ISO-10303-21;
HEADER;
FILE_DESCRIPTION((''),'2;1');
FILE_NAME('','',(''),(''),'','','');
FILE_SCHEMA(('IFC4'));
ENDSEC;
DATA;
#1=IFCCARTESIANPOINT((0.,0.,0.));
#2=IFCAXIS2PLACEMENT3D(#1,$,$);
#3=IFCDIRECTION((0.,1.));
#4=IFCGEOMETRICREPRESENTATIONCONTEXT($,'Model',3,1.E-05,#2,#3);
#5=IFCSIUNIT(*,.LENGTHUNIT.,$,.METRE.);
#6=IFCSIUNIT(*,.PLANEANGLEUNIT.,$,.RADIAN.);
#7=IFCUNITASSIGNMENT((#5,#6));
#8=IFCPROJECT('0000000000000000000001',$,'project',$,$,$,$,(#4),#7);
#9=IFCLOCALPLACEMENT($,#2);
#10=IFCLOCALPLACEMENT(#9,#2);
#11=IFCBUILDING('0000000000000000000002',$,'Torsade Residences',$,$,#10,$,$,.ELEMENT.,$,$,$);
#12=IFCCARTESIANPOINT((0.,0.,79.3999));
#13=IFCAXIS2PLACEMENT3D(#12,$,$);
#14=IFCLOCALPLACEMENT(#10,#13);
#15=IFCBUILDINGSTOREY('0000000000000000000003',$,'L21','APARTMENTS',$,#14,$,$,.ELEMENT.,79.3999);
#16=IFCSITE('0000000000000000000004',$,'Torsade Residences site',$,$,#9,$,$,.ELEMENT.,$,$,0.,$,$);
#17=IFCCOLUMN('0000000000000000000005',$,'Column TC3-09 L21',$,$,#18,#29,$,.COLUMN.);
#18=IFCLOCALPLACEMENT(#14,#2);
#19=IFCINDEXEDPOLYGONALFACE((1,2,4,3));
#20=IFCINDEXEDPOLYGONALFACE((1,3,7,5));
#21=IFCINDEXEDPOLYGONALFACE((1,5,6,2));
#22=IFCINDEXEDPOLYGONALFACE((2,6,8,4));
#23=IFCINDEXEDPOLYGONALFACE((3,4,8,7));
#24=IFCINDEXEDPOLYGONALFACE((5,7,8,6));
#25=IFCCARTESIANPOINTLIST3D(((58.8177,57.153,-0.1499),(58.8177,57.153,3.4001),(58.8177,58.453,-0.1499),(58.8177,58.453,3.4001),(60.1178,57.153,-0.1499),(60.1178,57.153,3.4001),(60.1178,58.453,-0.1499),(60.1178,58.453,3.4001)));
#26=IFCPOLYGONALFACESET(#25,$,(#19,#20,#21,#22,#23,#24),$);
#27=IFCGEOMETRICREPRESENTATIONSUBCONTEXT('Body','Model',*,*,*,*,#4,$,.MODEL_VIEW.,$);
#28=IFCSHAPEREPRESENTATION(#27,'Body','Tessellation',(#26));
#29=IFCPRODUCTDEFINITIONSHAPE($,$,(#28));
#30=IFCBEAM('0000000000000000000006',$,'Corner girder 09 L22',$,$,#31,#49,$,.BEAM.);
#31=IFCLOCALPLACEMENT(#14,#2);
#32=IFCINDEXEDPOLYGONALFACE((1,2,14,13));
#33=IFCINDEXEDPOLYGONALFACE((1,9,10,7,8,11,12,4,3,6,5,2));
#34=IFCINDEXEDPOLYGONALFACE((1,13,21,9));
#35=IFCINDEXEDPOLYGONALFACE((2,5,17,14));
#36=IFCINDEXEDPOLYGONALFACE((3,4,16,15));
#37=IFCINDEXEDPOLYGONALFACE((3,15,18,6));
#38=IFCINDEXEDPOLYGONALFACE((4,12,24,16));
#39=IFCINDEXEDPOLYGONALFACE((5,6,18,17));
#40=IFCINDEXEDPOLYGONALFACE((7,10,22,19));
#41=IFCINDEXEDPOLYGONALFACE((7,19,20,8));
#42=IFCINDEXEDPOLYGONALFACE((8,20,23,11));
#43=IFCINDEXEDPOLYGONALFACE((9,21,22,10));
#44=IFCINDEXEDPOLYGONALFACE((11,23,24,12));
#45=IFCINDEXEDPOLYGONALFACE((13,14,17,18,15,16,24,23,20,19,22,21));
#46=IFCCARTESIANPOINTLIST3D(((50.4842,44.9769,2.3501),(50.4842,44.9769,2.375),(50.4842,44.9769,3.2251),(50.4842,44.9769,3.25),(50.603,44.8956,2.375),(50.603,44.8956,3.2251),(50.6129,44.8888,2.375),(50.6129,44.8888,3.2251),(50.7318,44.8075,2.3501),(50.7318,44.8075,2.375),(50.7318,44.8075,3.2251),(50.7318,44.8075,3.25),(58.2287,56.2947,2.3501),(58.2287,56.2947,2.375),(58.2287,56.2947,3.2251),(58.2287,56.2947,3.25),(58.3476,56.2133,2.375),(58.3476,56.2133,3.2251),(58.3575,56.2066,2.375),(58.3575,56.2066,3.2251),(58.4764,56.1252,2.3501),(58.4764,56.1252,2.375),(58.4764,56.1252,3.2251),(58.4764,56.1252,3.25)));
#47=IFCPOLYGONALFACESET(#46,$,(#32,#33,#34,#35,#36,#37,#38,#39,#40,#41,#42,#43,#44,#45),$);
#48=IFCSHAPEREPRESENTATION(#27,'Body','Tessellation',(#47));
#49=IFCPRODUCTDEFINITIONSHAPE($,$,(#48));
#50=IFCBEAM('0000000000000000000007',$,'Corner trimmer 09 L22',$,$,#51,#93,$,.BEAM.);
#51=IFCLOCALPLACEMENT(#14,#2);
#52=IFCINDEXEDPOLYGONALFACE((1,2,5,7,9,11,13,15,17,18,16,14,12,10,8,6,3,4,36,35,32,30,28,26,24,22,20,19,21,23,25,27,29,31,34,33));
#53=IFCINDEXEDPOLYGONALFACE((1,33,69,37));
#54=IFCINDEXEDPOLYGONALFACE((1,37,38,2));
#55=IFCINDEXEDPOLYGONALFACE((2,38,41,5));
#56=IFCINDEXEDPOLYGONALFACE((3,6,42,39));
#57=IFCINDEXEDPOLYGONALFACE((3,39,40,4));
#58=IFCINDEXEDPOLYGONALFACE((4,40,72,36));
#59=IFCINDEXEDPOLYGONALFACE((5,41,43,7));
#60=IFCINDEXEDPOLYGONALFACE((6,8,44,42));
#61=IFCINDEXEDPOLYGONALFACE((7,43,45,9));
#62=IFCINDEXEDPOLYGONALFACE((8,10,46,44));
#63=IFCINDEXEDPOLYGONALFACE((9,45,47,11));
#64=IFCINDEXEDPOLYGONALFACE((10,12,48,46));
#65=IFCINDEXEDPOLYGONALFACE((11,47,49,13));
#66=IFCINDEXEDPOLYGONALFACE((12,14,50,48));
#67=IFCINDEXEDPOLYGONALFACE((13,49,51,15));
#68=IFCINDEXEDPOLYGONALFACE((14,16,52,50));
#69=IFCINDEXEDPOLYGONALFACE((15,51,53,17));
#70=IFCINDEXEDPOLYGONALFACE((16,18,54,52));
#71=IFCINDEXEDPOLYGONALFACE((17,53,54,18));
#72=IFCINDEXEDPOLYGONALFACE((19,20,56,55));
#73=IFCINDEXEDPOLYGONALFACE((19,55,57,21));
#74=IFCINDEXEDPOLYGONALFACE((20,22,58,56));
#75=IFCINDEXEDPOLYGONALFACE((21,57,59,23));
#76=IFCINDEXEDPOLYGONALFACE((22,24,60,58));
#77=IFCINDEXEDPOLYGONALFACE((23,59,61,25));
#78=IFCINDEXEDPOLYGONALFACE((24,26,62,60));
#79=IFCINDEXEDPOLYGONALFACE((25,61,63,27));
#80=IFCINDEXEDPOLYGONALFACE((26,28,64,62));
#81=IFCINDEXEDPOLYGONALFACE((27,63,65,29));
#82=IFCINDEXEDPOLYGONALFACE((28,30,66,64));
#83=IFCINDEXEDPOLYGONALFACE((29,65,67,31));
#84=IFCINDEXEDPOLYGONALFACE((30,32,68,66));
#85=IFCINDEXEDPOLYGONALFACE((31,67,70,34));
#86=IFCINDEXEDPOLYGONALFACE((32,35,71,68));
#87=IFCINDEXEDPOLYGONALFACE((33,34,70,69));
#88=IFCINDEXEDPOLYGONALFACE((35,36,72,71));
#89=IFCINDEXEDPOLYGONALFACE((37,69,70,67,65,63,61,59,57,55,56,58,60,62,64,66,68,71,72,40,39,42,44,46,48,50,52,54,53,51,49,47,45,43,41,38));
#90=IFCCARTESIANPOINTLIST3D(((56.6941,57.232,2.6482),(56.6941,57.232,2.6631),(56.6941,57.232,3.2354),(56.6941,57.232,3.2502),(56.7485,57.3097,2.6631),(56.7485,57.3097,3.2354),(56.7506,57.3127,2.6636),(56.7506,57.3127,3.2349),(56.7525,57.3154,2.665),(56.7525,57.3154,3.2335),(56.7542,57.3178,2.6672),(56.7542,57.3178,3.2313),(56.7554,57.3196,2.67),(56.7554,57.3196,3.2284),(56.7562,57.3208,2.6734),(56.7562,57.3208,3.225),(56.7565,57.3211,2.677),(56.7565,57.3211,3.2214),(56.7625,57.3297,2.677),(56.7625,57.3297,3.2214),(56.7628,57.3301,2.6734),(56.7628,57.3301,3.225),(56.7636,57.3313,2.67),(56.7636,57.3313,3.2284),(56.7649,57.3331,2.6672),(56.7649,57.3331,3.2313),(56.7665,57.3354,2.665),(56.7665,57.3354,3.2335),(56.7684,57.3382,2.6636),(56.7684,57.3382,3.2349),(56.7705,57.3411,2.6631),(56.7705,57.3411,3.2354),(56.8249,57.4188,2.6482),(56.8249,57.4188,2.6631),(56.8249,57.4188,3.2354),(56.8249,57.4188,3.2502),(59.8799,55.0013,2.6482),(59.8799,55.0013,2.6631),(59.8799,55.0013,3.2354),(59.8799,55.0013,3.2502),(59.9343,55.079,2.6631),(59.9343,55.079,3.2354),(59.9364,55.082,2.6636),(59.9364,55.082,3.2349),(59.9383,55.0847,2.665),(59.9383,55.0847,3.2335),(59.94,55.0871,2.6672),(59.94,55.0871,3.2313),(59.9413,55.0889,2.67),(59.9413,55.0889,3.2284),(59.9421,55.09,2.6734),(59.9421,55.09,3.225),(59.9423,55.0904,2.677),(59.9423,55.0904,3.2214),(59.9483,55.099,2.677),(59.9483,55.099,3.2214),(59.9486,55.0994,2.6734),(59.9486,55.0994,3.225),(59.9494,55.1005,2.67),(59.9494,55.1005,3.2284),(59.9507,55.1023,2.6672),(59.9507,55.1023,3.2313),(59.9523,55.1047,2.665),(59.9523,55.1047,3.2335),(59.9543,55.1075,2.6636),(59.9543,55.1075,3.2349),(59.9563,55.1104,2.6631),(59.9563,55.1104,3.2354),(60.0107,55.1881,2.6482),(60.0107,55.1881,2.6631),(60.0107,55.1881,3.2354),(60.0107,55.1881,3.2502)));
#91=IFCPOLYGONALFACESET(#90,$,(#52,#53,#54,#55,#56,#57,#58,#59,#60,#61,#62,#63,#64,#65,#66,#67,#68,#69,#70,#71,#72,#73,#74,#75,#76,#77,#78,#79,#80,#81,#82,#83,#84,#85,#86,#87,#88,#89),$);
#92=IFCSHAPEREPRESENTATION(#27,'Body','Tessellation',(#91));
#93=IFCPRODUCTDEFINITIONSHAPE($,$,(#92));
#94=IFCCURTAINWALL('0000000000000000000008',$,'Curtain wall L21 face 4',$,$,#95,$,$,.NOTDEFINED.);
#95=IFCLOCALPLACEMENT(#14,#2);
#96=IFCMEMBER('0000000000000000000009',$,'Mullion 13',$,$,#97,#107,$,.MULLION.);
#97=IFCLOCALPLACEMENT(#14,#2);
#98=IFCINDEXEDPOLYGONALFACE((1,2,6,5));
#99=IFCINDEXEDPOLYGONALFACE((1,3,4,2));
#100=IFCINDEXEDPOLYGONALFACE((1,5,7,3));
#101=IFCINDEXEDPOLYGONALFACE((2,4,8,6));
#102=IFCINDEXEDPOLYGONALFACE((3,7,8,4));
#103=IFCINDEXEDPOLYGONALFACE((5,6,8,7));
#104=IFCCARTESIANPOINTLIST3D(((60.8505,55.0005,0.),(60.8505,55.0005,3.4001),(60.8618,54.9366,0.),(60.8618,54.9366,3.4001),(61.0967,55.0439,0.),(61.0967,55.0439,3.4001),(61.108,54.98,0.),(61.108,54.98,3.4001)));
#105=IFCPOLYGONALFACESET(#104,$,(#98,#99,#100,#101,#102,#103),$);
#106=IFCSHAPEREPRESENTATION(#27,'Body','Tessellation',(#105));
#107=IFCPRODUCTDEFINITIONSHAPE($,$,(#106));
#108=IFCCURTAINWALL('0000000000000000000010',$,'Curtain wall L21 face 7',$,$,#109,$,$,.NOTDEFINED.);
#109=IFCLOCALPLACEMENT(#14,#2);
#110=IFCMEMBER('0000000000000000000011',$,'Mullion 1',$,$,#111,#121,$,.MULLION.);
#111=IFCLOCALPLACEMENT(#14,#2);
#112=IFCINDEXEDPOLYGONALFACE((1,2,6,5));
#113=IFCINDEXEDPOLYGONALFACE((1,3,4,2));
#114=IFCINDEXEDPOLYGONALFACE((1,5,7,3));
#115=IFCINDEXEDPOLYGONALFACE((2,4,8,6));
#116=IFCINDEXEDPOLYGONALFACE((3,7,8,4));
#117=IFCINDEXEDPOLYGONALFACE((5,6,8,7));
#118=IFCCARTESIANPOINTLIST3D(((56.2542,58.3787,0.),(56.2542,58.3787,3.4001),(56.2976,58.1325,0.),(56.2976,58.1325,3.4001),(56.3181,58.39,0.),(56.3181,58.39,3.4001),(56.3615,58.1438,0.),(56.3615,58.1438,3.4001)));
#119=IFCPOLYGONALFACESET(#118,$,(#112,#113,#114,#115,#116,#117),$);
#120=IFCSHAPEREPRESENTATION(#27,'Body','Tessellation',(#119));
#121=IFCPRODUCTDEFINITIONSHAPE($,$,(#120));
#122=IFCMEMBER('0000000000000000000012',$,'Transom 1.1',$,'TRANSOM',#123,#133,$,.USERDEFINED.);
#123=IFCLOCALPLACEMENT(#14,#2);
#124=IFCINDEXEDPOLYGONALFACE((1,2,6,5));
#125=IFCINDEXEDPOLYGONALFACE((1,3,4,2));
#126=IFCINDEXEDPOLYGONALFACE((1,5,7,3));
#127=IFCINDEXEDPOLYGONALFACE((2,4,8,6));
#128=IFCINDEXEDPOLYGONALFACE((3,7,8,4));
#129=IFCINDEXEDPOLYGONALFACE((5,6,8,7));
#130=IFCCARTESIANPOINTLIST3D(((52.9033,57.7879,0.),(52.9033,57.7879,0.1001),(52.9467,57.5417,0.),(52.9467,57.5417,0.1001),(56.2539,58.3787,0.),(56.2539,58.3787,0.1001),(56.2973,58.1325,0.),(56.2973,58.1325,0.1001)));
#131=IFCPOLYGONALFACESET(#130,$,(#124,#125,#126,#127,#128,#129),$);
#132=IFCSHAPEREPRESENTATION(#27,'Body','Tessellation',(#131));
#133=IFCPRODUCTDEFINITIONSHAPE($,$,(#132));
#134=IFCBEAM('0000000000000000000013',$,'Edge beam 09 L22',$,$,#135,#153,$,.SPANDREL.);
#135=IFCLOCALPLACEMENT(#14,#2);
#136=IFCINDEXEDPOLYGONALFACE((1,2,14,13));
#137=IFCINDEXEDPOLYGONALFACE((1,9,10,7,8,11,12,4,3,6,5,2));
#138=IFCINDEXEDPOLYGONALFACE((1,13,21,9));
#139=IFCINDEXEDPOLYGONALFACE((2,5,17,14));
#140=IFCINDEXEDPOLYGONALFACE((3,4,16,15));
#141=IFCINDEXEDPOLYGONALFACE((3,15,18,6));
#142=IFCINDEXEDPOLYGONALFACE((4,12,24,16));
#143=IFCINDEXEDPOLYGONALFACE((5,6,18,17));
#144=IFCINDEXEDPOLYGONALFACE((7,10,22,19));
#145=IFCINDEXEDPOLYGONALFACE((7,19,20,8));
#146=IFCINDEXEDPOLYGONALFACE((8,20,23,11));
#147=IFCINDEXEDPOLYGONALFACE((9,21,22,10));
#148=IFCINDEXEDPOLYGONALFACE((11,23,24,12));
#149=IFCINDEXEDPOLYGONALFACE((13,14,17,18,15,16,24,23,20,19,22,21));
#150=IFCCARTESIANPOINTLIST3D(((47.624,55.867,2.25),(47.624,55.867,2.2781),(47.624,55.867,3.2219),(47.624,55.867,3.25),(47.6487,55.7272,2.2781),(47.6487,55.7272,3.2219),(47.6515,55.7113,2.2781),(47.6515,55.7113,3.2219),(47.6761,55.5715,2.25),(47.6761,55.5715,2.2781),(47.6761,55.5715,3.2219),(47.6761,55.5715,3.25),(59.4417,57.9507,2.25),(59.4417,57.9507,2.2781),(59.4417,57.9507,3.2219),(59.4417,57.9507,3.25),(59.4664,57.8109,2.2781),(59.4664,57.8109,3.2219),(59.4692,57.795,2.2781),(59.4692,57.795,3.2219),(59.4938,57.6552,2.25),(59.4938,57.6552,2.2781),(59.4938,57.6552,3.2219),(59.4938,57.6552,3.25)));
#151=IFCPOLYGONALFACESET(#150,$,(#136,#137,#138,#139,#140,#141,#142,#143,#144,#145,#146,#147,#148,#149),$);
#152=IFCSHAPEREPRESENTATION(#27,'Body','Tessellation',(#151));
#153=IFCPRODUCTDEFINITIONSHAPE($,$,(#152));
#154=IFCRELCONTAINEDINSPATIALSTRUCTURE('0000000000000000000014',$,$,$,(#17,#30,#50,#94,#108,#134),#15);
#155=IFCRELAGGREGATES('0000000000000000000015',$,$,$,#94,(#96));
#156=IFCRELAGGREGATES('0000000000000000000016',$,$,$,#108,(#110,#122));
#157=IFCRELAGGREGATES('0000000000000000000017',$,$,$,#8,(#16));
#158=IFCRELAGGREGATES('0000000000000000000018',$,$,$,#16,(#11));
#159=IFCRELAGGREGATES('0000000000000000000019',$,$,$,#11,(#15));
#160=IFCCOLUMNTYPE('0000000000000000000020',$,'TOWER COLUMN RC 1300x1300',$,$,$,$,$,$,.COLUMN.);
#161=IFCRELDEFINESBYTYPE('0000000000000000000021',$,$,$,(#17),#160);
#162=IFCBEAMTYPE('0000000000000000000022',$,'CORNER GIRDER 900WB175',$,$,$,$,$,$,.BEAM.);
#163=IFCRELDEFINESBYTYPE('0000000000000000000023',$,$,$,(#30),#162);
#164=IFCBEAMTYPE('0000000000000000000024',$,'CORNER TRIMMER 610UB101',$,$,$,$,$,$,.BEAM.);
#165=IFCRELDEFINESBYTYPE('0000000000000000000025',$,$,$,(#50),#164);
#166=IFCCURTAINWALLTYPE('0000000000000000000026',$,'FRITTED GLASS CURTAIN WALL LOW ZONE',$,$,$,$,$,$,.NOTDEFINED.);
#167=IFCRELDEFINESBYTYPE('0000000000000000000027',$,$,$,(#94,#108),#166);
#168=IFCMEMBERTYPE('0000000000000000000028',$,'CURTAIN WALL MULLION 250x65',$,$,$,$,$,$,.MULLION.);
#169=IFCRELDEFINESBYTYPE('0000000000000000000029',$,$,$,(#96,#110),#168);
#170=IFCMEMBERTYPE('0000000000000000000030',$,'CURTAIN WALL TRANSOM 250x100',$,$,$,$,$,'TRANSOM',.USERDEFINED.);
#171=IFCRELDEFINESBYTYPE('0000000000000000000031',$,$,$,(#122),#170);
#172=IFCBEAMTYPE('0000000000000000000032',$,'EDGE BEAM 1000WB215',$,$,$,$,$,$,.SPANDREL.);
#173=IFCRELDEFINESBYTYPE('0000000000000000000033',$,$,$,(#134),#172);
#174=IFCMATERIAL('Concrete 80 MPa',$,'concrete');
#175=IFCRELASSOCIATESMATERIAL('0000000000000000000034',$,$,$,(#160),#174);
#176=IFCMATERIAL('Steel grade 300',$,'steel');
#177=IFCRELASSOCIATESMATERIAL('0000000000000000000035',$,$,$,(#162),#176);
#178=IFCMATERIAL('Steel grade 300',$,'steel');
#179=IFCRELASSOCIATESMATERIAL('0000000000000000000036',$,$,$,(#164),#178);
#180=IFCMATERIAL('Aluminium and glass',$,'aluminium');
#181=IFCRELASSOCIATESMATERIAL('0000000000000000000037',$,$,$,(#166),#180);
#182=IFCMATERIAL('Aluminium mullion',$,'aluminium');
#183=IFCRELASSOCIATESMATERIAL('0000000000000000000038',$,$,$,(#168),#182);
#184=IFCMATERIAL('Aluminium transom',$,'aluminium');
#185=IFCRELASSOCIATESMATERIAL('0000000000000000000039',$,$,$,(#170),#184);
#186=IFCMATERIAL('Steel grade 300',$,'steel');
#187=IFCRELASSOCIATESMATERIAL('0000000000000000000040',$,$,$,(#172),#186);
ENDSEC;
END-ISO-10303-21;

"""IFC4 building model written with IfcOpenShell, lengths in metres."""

from ifc_helpers import new_model, si_unit, direction, frame, origin, origin_2d, place, context, subcontext, project, spatial, rectangle, i_section, extrude, material, material_profile, profile_set, type_object, element, aggregate, save


model = new_model("IFC4")

# Units and contexts
model_context = context("Model", 3, precision=1e-05, world=origin(), true_north=direction((0.0, 1.0)))
body_context = subcontext(model_context, "Body", "Model", "MODEL_VIEW")
ifc_project = project(units=[si_unit("LENGTHUNIT", "METRE"), si_unit("PLANEANGLEUNIT", "RADIAN")], contexts=[model_context])

# Site, building, storey
site_placement = place(None, origin())
site = spatial("IfcSite", under=ifc_project, at=site_placement, Name="Torsade Residences site", CompositionType="ELEMENT", RefElevation=0.0)
building_placement = place(site_placement, origin())
building = spatial("IfcBuilding", under=site, at=building_placement, Name="Torsade Residences", CompositionType="ELEMENT")
storey_placement = place(building_placement, frame((0.0, 0.0, 79.3999)))
storey = spatial("IfcBuildingStorey", under=building, at=storey_placement, Name="L21", Description="APARTMENTS", CompositionType="ELEMENT", Elevation=79.3999)

# Column
ifc_material_1 = material(Name="Concrete 80 MPa", Category="concrete")
ifc_material_profile_1 = material_profile(ifc_material_1, rectangle(XDim=1.3, YDim=1.3, at=origin_2d()), Name="RC 1300x1300")
ifc_profile_set_1 = profile_set([ifc_material_profile_1], Name="Concrete 80 MPa")
column_type = type_object("IfcColumnType", Name="TOWER COLUMN RC 1300x1300", PredefinedType="COLUMN", material=ifc_profile_set_1)
column_placement = place(storey_placement, frame((59.4678, 57.803, -0.1499), z_axis=(0.0, 0.0, 1.0), x_axis=(1.0, 0.0, 0.0)))
element("IfcColumn", 1, at=column_placement, inside=storey, type_object=column_type, Name="Column TC3-09 L21", PredefinedType="COLUMN", context=body_context, shape_type="SweptSolid", body=[
    extrude(rectangle(XDim=1.3, YDim=1.3, at=origin_2d()), origin(), (0.0, 0.0, 1.0), 3.55),
])

# Beams
ifc_material_2 = material(Name="Steel grade 300", Category="steel")
ifc_material_profile_2 = material_profile(ifc_material_2, i_section(OverallWidth=0.3, OverallDepth=0.8999, WebThickness=0.012, FlangeThickness=0.0249, at=origin_2d()), Name="900WB175")
ifc_profile_set_2 = profile_set([ifc_material_profile_2], Name="Steel grade 300")
beam_type_1 = type_object("IfcBeamType", Name="CORNER GIRDER 900WB175", PredefinedType="BEAM", material=ifc_profile_set_2)
beam_1_placement = place(storey_placement, frame((58.3525, 56.21, 2.8), z_axis=(-0.564725, -0.825279, 0.0), x_axis=(0.825279, -0.564725, 0.0)))
element("IfcBeam", 2, at=beam_1_placement, inside=storey, type_object=beam_type_1, Name="Corner girder 09 L22", PredefinedType="BEAM", context=body_context, shape_type="SweptSolid", body=[
    extrude(i_section(OverallWidth=0.3, OverallDepth=0.8999, WebThickness=0.012, FlangeThickness=0.0249, at=origin_2d()), origin(), (0.0, 0.0, 1.0), 13.7139),
])
ifc_material_3 = material(Name="Steel grade 300", Category="steel")
ifc_material_profile_3 = material_profile(ifc_material_3, i_section(OverallWidth=0.228, OverallDepth=0.6021, WebThickness=0.0105, FlangeThickness=0.0149, FilletRadius=0.0139, at=origin_2d()), Name="610UB101")
ifc_profile_set_3 = profile_set([ifc_material_profile_3], Name="Steel grade 300")
beam_type_2 = type_object("IfcBeamType", Name="CORNER TRIMMER 610UB101", PredefinedType="BEAM", material=ifc_profile_set_3)
beam_2_placement = place(storey_placement, frame((56.7595, 57.3254, 2.9492), z_axis=(0.819152, -0.573576, 0.0), x_axis=(0.573576, 0.819152, 0.0)))
element("IfcBeam", 3, at=beam_2_placement, inside=storey, type_object=beam_type_2, Name="Corner trimmer 09 L22", PredefinedType="BEAM", context=body_context, shape_type="SweptSolid", body=[
    extrude(i_section(OverallWidth=0.228, OverallDepth=0.6021, WebThickness=0.0105, FlangeThickness=0.0149, FilletRadius=0.0139, at=origin_2d()), origin(), (0.0, 0.0, 1.0), 3.8892),
])

# Curtain wall, member
ifc_material_4 = material(Name="Aluminium and glass", Category="aluminium")
curtain_wall_type = type_object("IfcCurtainWallType", Name="FRITTED GLASS CURTAIN WALL LOW ZONE", PredefinedType="NOTDEFINED", material=ifc_material_4)
curtain_wall_1_placement = place(storey_placement, origin())
curtain_wall_1 = element("IfcCurtainWall", 4, at=curtain_wall_1_placement, inside=storey, type_object=curtain_wall_type, Name="Curtain wall L21 face 4", PredefinedType="NOTDEFINED")
ifc_material_5 = material(Name="Aluminium mullion", Category="aluminium")
ifc_material_profile_4 = material_profile(ifc_material_5, rectangle(XDim=0.25, YDim=0.0649, at=origin_2d()), Name="CURTAIN WALL MULLION 250x65")
ifc_profile_set_4 = profile_set([ifc_material_profile_4], Name="Aluminium mullion")
member_type_1 = type_object("IfcMemberType", Name="CURTAIN WALL MULLION 250x65", PredefinedType="MULLION", material=ifc_profile_set_4)
member_1_placement = place(storey_placement, frame((60.9792, 54.9902, 0.0), z_axis=(0.0, 0.0, 1.0), x_axis=(-0.984808, -0.173648, 0.0)))
member_1 = element("IfcMember", 5, at=member_1_placement, type_object=member_type_1, Name="Mullion 13", PredefinedType="MULLION", context=body_context, shape_type="SweptSolid", body=[
    extrude(rectangle(XDim=0.25, YDim=0.0649, at=origin_2d()), origin(), (0.0, 0.0, 1.0), 3.4001),
])
aggregate(curtain_wall_1, [member_1])

# Curtain wall, members
curtain_wall_2_placement = place(storey_placement, origin())
curtain_wall_2 = element("IfcCurtainWall", 6, at=curtain_wall_2_placement, inside=storey, type_object=curtain_wall_type, Name="Curtain wall L21 face 7", PredefinedType="NOTDEFINED")
member_2_placement = place(storey_placement, frame((56.3079, 58.2612, 0.0), z_axis=(0.0, 0.0, 1.0), x_axis=(0.173648, -0.984808, 0.0)))
member_2 = element("IfcMember", 7, at=member_2_placement, type_object=member_type_1, Name="Mullion 1", PredefinedType="MULLION", context=body_context, shape_type="SweptSolid", body=[
    extrude(rectangle(XDim=0.25, YDim=0.0649, at=origin_2d()), origin(), (0.0, 0.0, 1.0), 3.4001),
])
ifc_material_6 = material(Name="Aluminium transom", Category="aluminium")
ifc_material_profile_5 = material_profile(ifc_material_6, rectangle(XDim=0.25, YDim=0.1001, at=origin_2d()), Name="CURTAIN WALL TRANSOM 250x100")
ifc_profile_set_5 = profile_set([ifc_material_profile_5], Name="Aluminium transom")
member_type_2 = type_object("IfcMemberType", Name="CURTAIN WALL TRANSOM 250x100", ElementType="TRANSOM", PredefinedType="USERDEFINED", material=ifc_profile_set_5)
member_3_placement = place(storey_placement, frame((56.2756, 58.2556, 0.05), z_axis=(-0.984807, -0.173654, 0.0), x_axis=(0.173654, -0.984807, 0.0)))
member_3 = element("IfcMember", 8, at=member_3_placement, type_object=member_type_2, Name="Transom 1.1", ObjectType="TRANSOM", PredefinedType="USERDEFINED", context=body_context, shape_type="SweptSolid", body=[
    extrude(rectangle(XDim=0.25, YDim=0.1001, at=origin_2d()), origin(), (0.0, 0.0, 1.0), 3.4023),
])

# Beam
ifc_material_7 = material(Name="Steel grade 300", Category="steel")
ifc_material_profile_6 = material_profile(ifc_material_7, i_section(OverallWidth=0.3, OverallDepth=1.0, WebThickness=0.0161, FlangeThickness=0.0281, at=origin_2d()), Name="1000WB215")
ifc_profile_set_6 = profile_set([ifc_material_profile_6], Name="Steel grade 300")
beam_type_3 = type_object("IfcBeamType", Name="EDGE BEAM 1000WB215", PredefinedType="SPANDREL", material=ifc_profile_set_6)
beam_3_placement = place(storey_placement, frame((59.4678, 57.803, 2.75), z_axis=(-0.984808, -0.173646, 0.0), x_axis=(0.173646, -0.984808, 0.0)))
element("IfcBeam", 9, at=beam_3_placement, inside=storey, type_object=beam_type_3, Name="Edge beam 09 L22", PredefinedType="SPANDREL", context=body_context, shape_type="SweptSolid", body=[
    extrude(i_section(OverallWidth=0.3, OverallDepth=1.0, WebThickness=0.0161, FlangeThickness=0.0281, at=origin_2d()), origin(), (0.0, 0.0, 1.0), 12.0),
])

aggregate(curtain_wall_2, [member_2, member_3])

save(model, "model.ifc")
